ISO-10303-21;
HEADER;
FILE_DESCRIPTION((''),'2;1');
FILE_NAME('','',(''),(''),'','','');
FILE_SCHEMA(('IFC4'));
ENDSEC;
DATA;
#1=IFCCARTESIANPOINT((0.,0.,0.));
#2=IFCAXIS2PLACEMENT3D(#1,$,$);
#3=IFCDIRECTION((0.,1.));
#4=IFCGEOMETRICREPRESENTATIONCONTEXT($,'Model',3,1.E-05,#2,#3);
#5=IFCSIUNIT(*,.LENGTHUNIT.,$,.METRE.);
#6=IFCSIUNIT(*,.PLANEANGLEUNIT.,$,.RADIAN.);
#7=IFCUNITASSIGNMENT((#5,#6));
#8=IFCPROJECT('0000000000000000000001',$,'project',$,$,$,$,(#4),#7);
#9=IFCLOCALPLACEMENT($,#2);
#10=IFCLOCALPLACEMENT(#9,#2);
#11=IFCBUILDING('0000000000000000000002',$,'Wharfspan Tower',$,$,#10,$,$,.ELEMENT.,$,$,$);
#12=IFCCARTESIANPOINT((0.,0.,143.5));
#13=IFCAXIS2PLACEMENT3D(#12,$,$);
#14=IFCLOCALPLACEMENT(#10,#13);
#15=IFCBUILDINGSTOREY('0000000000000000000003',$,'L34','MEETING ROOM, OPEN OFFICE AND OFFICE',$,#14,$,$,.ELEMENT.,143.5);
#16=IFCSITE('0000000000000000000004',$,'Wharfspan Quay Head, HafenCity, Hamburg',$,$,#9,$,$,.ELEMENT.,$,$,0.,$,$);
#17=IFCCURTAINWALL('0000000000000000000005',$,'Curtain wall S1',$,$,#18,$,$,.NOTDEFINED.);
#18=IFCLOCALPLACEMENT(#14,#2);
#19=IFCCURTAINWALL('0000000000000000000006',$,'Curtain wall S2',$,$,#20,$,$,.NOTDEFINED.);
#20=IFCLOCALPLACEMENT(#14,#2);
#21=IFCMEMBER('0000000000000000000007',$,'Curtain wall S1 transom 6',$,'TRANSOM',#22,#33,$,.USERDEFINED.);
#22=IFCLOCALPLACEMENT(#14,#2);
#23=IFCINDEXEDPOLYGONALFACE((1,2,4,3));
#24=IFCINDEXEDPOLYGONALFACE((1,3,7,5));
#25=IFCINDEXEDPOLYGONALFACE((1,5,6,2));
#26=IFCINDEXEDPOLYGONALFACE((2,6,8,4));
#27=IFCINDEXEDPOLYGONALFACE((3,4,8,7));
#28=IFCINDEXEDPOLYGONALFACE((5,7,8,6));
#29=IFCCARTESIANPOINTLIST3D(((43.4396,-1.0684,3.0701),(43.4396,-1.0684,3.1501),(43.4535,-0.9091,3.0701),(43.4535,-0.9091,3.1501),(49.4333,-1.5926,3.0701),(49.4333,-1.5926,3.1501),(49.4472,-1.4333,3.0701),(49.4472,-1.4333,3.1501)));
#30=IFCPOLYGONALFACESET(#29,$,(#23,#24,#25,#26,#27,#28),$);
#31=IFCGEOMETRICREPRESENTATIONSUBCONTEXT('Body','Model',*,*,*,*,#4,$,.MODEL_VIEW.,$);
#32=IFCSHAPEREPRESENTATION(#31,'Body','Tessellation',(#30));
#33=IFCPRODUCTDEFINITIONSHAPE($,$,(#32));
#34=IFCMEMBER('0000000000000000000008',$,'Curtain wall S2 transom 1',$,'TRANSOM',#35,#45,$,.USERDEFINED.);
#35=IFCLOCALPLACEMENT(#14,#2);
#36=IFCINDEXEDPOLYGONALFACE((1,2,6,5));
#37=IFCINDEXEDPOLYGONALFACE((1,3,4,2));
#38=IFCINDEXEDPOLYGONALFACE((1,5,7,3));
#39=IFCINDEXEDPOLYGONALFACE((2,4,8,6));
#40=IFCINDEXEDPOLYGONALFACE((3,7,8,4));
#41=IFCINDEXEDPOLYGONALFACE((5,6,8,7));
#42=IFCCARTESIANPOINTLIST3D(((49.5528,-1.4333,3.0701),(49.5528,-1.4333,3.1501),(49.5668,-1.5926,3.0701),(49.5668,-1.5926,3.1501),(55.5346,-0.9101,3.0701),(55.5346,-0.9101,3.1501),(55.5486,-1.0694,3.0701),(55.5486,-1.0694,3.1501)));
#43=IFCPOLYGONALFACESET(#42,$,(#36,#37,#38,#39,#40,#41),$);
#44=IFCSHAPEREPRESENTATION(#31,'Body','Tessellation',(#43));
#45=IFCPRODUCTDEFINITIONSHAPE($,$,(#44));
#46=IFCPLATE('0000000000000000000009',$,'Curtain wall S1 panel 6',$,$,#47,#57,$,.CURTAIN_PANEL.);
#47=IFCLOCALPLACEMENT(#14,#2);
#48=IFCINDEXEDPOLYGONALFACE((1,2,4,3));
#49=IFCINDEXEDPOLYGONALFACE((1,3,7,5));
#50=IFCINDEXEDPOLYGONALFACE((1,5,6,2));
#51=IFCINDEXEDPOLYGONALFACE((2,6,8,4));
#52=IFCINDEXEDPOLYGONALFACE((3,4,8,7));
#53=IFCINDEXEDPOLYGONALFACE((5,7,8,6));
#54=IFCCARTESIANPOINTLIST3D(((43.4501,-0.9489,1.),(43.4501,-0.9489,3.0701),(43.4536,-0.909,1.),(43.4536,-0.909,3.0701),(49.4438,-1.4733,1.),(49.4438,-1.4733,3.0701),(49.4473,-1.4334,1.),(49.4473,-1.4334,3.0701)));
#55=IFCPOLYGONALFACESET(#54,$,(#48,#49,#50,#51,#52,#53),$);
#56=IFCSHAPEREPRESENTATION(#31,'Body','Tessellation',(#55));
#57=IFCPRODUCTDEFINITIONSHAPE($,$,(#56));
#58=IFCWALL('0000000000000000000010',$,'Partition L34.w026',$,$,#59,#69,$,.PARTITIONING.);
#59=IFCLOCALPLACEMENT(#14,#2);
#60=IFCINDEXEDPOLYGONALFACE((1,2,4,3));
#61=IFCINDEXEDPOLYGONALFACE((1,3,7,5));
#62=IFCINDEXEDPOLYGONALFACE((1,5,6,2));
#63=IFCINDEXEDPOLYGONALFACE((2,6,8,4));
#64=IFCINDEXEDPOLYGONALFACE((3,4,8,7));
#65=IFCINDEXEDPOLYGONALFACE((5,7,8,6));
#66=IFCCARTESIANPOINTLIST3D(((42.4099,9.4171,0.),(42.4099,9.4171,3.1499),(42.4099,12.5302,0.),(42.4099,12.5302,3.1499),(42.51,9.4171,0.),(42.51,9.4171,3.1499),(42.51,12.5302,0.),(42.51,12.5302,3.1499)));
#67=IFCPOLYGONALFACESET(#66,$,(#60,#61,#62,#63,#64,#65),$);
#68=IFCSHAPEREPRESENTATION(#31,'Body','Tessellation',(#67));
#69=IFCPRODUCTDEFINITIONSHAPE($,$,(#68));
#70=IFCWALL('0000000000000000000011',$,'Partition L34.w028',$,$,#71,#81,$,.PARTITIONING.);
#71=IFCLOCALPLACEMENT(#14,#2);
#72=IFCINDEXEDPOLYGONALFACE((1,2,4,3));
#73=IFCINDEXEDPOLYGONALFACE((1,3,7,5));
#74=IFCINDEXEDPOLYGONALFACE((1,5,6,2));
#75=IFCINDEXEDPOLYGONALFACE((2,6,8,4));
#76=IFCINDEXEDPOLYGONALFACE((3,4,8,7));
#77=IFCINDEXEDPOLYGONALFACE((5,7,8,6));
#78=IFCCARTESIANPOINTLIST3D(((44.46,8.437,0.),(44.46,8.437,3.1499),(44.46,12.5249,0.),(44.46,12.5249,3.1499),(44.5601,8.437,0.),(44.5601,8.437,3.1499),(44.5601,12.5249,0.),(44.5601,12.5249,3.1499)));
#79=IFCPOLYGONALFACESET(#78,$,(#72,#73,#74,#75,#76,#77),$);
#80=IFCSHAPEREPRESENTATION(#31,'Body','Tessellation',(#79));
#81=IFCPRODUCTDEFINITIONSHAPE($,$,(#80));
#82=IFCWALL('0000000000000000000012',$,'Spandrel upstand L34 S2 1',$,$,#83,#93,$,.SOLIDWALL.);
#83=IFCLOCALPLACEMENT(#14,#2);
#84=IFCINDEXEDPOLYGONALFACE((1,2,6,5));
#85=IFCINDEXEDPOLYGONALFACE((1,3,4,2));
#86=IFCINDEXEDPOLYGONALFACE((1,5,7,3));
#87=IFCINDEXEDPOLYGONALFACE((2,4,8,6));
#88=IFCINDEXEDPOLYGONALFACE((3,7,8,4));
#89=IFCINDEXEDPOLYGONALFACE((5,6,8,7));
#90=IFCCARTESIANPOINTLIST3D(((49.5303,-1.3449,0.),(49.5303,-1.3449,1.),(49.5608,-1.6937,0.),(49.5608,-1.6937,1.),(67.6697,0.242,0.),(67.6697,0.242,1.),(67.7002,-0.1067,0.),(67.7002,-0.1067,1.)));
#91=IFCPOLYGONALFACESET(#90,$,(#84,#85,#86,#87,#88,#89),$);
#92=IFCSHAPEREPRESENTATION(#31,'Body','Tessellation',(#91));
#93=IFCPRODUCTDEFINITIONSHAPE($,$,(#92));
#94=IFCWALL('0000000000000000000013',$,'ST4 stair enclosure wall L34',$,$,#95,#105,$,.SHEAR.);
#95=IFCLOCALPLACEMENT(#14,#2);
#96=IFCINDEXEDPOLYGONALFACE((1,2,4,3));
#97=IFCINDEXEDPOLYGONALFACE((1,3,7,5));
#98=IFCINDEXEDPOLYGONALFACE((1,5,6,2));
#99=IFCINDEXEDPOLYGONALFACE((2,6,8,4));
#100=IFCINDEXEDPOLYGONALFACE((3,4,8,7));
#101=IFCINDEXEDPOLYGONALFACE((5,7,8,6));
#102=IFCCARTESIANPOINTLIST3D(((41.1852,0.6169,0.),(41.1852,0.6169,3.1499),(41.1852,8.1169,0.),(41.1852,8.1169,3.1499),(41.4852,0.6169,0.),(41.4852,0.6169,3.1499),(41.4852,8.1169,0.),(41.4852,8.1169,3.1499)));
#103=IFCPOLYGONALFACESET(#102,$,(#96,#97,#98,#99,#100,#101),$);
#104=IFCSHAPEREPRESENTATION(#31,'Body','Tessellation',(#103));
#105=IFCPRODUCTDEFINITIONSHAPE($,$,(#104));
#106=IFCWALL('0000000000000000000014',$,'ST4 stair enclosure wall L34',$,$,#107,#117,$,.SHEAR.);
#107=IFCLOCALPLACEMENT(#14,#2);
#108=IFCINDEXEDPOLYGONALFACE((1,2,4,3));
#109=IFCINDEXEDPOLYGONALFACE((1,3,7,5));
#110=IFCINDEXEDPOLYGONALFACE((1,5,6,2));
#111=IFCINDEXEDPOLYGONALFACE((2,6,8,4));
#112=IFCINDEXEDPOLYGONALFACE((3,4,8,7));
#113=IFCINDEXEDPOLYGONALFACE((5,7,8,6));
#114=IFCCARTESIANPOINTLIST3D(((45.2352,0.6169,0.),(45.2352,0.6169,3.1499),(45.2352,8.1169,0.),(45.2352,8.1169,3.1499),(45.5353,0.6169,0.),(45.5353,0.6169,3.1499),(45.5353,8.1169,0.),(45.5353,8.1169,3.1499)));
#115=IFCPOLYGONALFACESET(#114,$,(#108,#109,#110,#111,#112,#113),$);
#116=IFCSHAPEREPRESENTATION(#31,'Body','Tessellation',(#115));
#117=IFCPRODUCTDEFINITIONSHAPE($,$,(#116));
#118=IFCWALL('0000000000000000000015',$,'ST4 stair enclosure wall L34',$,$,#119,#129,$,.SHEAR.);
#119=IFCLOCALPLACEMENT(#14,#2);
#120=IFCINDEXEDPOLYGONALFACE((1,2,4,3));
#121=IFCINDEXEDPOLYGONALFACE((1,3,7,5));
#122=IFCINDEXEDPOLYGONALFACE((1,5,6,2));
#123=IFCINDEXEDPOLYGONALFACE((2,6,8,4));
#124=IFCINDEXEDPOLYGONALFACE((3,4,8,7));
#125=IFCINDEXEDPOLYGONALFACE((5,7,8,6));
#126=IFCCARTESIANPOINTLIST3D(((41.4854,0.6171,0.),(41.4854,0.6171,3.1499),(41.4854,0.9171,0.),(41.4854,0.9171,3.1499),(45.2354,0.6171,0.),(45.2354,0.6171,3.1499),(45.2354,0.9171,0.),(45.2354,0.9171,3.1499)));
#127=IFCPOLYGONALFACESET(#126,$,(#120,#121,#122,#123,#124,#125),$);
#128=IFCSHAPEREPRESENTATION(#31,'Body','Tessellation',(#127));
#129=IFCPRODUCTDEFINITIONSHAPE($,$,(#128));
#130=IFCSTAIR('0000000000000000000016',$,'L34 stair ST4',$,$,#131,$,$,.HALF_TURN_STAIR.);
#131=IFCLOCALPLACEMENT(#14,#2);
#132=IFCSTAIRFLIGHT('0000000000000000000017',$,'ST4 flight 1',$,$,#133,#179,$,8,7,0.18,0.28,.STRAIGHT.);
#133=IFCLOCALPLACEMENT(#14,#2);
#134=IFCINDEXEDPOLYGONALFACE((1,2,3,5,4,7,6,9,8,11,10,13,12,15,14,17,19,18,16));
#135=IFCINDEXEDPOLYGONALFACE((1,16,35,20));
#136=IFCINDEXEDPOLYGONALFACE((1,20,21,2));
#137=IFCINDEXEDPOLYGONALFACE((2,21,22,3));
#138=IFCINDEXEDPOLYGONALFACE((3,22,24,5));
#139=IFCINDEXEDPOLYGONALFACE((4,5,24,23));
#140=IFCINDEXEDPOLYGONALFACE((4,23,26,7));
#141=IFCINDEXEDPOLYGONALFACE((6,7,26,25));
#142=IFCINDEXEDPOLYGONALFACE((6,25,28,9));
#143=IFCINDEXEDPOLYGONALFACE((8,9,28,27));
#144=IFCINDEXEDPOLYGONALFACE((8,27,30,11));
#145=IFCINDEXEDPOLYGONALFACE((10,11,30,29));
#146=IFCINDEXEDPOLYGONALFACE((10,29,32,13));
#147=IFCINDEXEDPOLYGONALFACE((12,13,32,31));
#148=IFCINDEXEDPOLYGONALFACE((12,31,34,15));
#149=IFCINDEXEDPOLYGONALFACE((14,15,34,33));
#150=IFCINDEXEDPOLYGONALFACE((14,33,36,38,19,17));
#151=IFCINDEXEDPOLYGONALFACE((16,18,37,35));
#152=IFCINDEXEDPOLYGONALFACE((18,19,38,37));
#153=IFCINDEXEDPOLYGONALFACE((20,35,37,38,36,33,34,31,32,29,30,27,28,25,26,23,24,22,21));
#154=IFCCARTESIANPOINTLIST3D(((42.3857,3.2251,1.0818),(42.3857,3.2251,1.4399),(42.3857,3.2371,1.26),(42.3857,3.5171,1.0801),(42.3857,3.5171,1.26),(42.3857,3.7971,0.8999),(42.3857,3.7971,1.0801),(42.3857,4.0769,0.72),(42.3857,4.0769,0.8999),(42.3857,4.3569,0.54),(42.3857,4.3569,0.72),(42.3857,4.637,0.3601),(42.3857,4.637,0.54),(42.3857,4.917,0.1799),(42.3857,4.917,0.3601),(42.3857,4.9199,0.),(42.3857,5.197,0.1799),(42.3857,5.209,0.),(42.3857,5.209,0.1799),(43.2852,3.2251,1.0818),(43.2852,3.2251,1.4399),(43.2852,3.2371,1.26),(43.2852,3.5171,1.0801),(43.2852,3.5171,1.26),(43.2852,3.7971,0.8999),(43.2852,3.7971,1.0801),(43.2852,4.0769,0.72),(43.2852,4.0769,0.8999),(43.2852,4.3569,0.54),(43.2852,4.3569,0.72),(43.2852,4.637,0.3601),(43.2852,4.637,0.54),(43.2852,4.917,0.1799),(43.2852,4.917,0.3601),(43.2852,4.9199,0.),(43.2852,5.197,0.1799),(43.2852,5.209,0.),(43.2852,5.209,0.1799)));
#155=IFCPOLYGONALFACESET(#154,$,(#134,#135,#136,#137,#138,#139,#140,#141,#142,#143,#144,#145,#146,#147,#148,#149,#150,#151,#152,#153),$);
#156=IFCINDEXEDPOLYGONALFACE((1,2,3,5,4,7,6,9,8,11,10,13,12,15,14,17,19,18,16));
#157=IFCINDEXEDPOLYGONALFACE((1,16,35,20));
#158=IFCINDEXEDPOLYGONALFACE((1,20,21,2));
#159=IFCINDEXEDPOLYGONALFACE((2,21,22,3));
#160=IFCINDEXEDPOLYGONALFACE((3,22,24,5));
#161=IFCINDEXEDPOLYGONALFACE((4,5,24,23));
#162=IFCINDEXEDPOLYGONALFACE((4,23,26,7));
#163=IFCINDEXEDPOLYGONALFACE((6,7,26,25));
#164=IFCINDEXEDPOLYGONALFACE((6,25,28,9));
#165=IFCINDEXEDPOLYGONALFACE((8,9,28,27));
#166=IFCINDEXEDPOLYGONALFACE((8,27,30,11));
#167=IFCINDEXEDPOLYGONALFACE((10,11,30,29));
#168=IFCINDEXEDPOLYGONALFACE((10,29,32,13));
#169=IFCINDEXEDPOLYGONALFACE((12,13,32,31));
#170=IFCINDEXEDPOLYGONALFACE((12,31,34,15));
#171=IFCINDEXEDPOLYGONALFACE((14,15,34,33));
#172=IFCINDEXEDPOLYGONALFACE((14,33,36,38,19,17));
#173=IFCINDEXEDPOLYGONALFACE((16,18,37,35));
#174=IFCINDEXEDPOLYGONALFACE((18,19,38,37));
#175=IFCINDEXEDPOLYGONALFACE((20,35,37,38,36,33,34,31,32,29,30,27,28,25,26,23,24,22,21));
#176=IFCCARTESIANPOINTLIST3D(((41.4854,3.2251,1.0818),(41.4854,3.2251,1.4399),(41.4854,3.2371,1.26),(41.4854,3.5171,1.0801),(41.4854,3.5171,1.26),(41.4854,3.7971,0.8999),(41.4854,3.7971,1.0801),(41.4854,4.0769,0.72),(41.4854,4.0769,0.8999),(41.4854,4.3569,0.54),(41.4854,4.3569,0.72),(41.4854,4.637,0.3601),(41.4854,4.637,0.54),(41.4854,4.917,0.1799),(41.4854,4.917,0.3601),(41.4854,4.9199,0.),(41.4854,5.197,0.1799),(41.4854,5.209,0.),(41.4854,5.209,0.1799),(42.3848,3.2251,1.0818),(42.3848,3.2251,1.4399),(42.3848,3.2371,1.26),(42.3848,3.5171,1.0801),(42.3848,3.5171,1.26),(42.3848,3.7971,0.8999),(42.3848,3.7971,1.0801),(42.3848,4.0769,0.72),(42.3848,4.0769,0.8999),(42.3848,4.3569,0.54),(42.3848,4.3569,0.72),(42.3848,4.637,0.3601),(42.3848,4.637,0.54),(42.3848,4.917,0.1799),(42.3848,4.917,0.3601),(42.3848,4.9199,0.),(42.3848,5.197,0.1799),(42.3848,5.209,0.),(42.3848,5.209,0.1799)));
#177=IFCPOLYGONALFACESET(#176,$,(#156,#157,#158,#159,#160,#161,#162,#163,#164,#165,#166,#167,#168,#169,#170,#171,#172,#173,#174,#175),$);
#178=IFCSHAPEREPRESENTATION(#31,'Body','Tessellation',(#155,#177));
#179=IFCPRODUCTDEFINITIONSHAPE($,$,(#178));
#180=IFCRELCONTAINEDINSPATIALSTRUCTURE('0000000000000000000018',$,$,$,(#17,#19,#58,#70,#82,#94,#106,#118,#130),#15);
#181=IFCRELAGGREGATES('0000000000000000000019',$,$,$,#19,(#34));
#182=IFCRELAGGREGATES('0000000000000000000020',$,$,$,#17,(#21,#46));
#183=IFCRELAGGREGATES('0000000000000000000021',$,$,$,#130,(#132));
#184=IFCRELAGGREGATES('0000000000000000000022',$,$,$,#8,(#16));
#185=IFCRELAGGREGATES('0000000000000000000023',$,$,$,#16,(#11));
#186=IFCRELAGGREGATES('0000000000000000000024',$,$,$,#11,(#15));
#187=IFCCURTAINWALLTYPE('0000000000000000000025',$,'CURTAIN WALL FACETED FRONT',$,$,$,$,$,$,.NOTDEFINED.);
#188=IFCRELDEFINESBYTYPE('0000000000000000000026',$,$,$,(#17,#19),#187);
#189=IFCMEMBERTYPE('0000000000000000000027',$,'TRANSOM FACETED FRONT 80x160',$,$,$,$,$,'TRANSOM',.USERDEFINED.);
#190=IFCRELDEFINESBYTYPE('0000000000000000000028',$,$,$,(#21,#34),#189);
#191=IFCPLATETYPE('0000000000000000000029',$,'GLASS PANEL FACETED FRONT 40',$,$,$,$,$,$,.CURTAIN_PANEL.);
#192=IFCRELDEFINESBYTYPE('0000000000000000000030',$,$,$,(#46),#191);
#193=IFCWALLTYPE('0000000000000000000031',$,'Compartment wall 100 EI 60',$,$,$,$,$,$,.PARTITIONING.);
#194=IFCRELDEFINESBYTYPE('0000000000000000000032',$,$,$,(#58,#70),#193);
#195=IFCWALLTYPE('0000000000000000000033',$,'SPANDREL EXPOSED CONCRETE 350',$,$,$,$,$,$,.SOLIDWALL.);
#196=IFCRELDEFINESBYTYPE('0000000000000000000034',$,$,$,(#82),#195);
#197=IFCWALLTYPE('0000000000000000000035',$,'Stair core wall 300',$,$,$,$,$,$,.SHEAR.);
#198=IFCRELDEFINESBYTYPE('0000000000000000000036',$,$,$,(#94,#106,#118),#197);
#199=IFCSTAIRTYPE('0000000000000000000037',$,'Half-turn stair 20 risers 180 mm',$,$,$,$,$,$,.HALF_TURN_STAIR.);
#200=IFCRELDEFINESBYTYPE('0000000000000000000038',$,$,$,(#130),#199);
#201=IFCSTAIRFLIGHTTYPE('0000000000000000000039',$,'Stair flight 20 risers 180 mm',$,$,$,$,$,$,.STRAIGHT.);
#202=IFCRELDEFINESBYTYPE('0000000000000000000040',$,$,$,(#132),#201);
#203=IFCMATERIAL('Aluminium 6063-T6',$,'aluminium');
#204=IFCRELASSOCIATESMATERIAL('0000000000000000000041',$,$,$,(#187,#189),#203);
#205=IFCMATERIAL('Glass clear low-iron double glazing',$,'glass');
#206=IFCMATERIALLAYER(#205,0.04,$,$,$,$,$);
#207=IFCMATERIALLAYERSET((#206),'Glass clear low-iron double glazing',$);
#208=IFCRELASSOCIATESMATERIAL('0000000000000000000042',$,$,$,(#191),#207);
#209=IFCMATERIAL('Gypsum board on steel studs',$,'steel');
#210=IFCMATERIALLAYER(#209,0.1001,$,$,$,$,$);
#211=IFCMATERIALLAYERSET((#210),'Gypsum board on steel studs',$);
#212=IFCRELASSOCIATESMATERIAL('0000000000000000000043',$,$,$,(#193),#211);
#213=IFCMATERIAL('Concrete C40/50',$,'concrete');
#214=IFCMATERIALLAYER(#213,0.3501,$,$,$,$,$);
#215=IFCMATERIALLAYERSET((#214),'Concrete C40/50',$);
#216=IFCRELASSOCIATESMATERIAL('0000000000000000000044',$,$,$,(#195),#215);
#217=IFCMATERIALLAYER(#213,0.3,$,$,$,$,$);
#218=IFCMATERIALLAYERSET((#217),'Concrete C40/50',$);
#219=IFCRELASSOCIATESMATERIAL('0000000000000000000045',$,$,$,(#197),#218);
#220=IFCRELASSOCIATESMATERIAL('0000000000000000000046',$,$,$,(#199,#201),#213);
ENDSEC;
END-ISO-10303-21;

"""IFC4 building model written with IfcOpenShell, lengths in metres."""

from ifc_helpers import new_model, si_unit, direction, frame, frame_2d, origin, origin_2d, place, context, subcontext, project, spatial, polyline, rectangle, outline, extrude, material, layer, layer_set, material_profile, profile_set, type_object, element, aggregate, save


model = new_model("IFC4")

# Units and contexts
model_context = context("Model", 3, precision=1e-05, world=origin(), true_north=direction((0.0, 1.0)))
body_context = subcontext(model_context, "Body", "Model", "MODEL_VIEW")
ifc_project = project(units=[si_unit("LENGTHUNIT", "METRE"), si_unit("PLANEANGLEUNIT", "RADIAN")], contexts=[model_context])

# Site, building, storey
site_placement = place(None, origin())
site = spatial("IfcSite", under=ifc_project, at=site_placement, Name="Wharfspan Quay Head, HafenCity, Hamburg", CompositionType="ELEMENT", RefElevation=0.0)
building_placement = place(site_placement, origin())
building = spatial("IfcBuilding", under=site, at=building_placement, Name="Wharfspan Tower", CompositionType="ELEMENT")
storey_placement = place(building_placement, frame((0.0, 0.0, 143.5)))
storey = spatial("IfcBuildingStorey", under=building, at=storey_placement, Name="L34", Description="MEETING ROOM, OPEN OFFICE AND OFFICE", CompositionType="ELEMENT", Elevation=143.5)

# Curtain wall
ifc_material_1 = material(Name="Aluminium 6063-T6", Category="aluminium")
curtain_wall_type = type_object("IfcCurtainWallType", Name="CURTAIN WALL FACETED FRONT", PredefinedType="NOTDEFINED", material=ifc_material_1)
curtain_wall_1_placement = place(storey_placement, origin())
curtain_wall_1 = element("IfcCurtainWall", 1, at=curtain_wall_1_placement, inside=storey, type_object=curtain_wall_type, Name="Curtain wall S1", PredefinedType="NOTDEFINED")

# Curtain wall
curtain_wall_2_placement = place(storey_placement, origin())
curtain_wall_2 = element("IfcCurtainWall", 2, at=curtain_wall_2_placement, inside=storey, type_object=curtain_wall_type, Name="Curtain wall S2", PredefinedType="NOTDEFINED")

# Members
ifc_material_profile_1 = material_profile(ifc_material_1, rectangle(XDim=0.1599, YDim=0.0801, at=origin_2d()))
ifc_profile_set_1 = profile_set([ifc_material_profile_1], Name="Aluminium 6063-T6")
member_type_1 = type_object("IfcMemberType", Name="TRANSOM FACETED FRONT 80x160", ElementType="TRANSOM", PredefinedType="USERDEFINED", material=ifc_profile_set_1)
member_1_placement = place(storey_placement, frame((43.4465, -0.9888, 3.1101), z_axis=(0.996198, -0.087122, 0.0), x_axis=(0.087122, 0.996198, 0.0)))
member_1 = element("IfcMember", 3, at=member_1_placement, type_object=member_type_1, Name="Curtain wall S1 transom 6", ObjectType="TRANSOM", PredefinedType="USERDEFINED", context=body_context, shape_type="SweptSolid", body=[
    extrude(rectangle(XDim=0.1599, YDim=0.0801, at=origin_2d()), origin(), (0.0, 0.0, 1.0), 6.0166),
])
member_2_placement = place(storey_placement, frame((49.5598, -1.5129, 3.1101), z_axis=(0.996197, 0.087133, 0.0), x_axis=(-0.087133, 0.996197, 0.0)))
member_2 = element("IfcMember", 4, at=member_2_placement, type_object=member_type_1, Name="Curtain wall S2 transom 1", ObjectType="TRANSOM", PredefinedType="USERDEFINED", context=body_context, shape_type="SweptSolid", body=[
    extrude(rectangle(XDim=0.1599, YDim=0.0801, at=origin_2d()), origin(), (0.0, 0.0, 1.0), 6.0046),
])
aggregate(curtain_wall_2, [member_2])

# Plate
ifc_material_2 = material(Name="Glass clear low-iron double glazing", Category="glass")
ifc_layer_1 = layer(ifc_material_2, 0.04)
ifc_layer_set_1 = layer_set([ifc_layer_1], Name="Glass clear low-iron double glazing")
plate_type = type_object("IfcPlateType", Name="GLASS PANEL FACETED FRONT 40", PredefinedType="CURTAIN_PANEL", material=ifc_layer_set_1)
plate_placement = place(storey_placement, frame((46.4487, -1.1912, 1.0), z_axis=(0.0, 0.0, 1.0), x_axis=(0.996198, -0.087156, 0.0)))
plate = element("IfcPlate", 5, at=plate_placement, type_object=plate_type, Name="Curtain wall S1 panel 6", PredefinedType="CURTAIN_PANEL", context=body_context, shape_type="SweptSolid", body=[
    extrude(rectangle(XDim=6.0166, YDim=0.04, at=origin_2d()), origin(), (0.0, 0.0, 1.0), 2.0701),
])
aggregate(curtain_wall_1, [member_1, plate])

# Walls
ifc_material_3 = material(Name="Gypsum board on steel studs", Category="steel")
ifc_layer_2 = layer(ifc_material_3, 0.1001)
ifc_layer_set_2 = layer_set([ifc_layer_2], Name="Gypsum board on steel studs")
wall_type_1 = type_object("IfcWallType", Name="Compartment wall 100 EI 60", PredefinedType="PARTITIONING", material=ifc_layer_set_2)
wall_1_placement = place(storey_placement, frame((42.46, 9.417, 0.0), z_axis=(0.0, 0.0, 1.0), x_axis=(0.0, 1.0, 0.0)))
element("IfcWall", 6, at=wall_1_placement, inside=storey, type_object=wall_type_1, Name="Partition L34.w026", PredefinedType="PARTITIONING", context=body_context, shape_type="SweptSolid", body=[
    extrude(rectangle(XDim=3.113, YDim=0.1001, at=frame_2d((1.5566, 0.0))), origin(), (0.0, 0.0, 1.0), 3.1499),
])
wall_2_placement = place(storey_placement, frame((44.51, 8.437, 0.0), z_axis=(0.0, 0.0, 1.0), x_axis=(0.0, 1.0, 0.0)))
element("IfcWall", 7, at=wall_2_placement, inside=storey, type_object=wall_type_1, Name="Partition L34.w028", PredefinedType="PARTITIONING", context=body_context, shape_type="SweptSolid", body=[
    extrude(rectangle(XDim=4.0879, YDim=0.1001, at=frame_2d((2.0439, 0.0))), origin(), (0.0, 0.0, 1.0), 3.1499),
])
ifc_material_4 = material(Name="Concrete C40/50", Category="concrete")
ifc_layer_3 = layer(ifc_material_4, 0.3501)
ifc_layer_set_3 = layer_set([ifc_layer_3], Name="Concrete C40/50")
wall_type_2 = type_object("IfcWallType", Name="SPANDREL EXPOSED CONCRETE 350", PredefinedType="SOLIDWALL", material=ifc_layer_set_3)
wall_3_placement = place(storey_placement, frame((49.5454, -1.5193, 0.0), z_axis=(0.0, 0.0, 1.0), x_axis=(0.996191, 0.087151, 0.0)))
element("IfcWall", 8, at=wall_3_placement, inside=storey, type_object=wall_type_2, Name="Spandrel upstand L34 S2 1", PredefinedType="SOLIDWALL", context=body_context, shape_type="SweptSolid", body=[
    extrude(rectangle(XDim=18.2087, YDim=0.3501, at=frame_2d((9.1045, 0.0))), origin(), (0.0, 0.0, 1.0), 1.0),
])
ifc_layer_4 = layer(ifc_material_4, 0.3)
ifc_layer_set_4 = layer_set([ifc_layer_4], Name="Concrete C40/50")
wall_type_3 = type_object("IfcWallType", Name="Stair core wall 300", PredefinedType="SHEAR", material=ifc_layer_set_4)
for number, where, z_axis, x_axis, name in (
    (9, (41.3352, 0.6169, 0.0), (0.0, 0.0, 1.0), (0.0, 1.0, 0.0), "ST4 stair enclosure wall L34"),
    (10, (45.3853, 0.6169, 0.0), (0.0, 0.0, 1.0), (0.0, 1.0, 0.0), "ST4 stair enclosure wall L34"),
):
    element("IfcWall", number, at=place(storey_placement, frame(where, z_axis=z_axis, x_axis=x_axis)), inside=storey, type_object=wall_type_3, Name=name, PredefinedType="SHEAR", context=body_context, shape_type="SweptSolid", body=[
        extrude(rectangle(XDim=7.5, YDim=0.3, at=frame_2d((3.75, 0.0))), origin(), (0.0, 0.0, 1.0), 3.1499),
    ])
wall_4_placement = place(storey_placement, frame((41.4854, 0.7671, 0.0), z_axis=(0.0, 0.0, 1.0), x_axis=(1.0, 0.0, 0.0)))
element("IfcWall", 11, at=wall_4_placement, inside=storey, type_object=wall_type_3, Name="ST4 stair enclosure wall L34", PredefinedType="SHEAR", context=body_context, shape_type="SweptSolid", body=[
    extrude(rectangle(XDim=3.75, YDim=0.3, at=frame_2d((1.875, 0.0))), origin(), (0.0, 0.0, 1.0), 3.1499),
])

# Stair, stair flight
stair_type = type_object("IfcStairType", Name="Half-turn stair 20 risers 180 mm", PredefinedType="HALF_TURN_STAIR", material=ifc_material_4)
stair_placement = place(storey_placement, origin())
stair = element("IfcStair", 12, at=stair_placement, inside=storey, type_object=stair_type, Name="L34 stair ST4", PredefinedType="HALF_TURN_STAIR")
stair_flight_type = type_object("IfcStairFlightType", Name="Stair flight 20 risers 180 mm", PredefinedType="STRAIGHT", material=ifc_material_4)
stair_flight_1_placement = place(storey_placement, frame((42.3853, 5.197, 0.0), z_axis=(0.0, 0.0, 1.0), x_axis=(0.0, -1.0, 0.0)))
stair_flight_1 = element("IfcStairFlight", 13, at=stair_flight_1_placement, type_object=stair_flight_type, Name="ST4 flight 1", NumberOfRisers=8, NumberOfTreads=7, PredefinedType="STRAIGHT", RiserHeight=0.18, TreadLength=0.28, context=body_context, shape_type="SweptSolid", body=[
    extrude(outline(polyline([(-0.012, 0.0), (-0.012, 0.1799), (0.0, 0.1799), (0.28, 0.1799), (0.28, 0.3601), (0.5601, 0.3601), (0.5601, 0.54), (0.8401, 0.54), (0.8401, 0.72), (1.1201, 0.72), (1.1201, 0.8999), (1.3999, 0.8999), (1.3999, 1.0801), (1.6799, 1.0801), (1.6799, 1.26), (1.96, 1.26), (1.9719, 1.4399), (1.9719, 1.0818), (0.2771, 0.0), (-0.012, 0.0)])), frame((0.0, 0.8999, 0.0), z_axis=(0.0, -1.0, 0.0), x_axis=(1.0, 0.0, 0.0)), (0.0, 0.0, 1.0), 0.8994),
    extrude(outline(polyline([(-0.012, 0.0), (-0.012, 0.1799), (0.0, 0.1799), (0.28, 0.1799), (0.28, 0.3601), (0.5601, 0.3601), (0.5601, 0.54), (0.8401, 0.54), (0.8401, 0.72), (1.1201, 0.72), (1.1201, 0.8999), (1.3999, 0.8999), (1.3999, 1.0801), (1.6799, 1.0801), (1.6799, 1.26), (1.96, 1.26), (1.9719, 1.4399), (1.9719, 1.0818), (0.2771, 0.0), (-0.012, 0.0)])), frame((0.0, -0.0005, 0.0), z_axis=(0.0, -1.0, 0.0), x_axis=(1.0, 0.0, 0.0)), (0.0, 0.0, 1.0), 0.8994),
])
aggregate(stair, [stair_flight_1])

save(model, "model.ifc")
